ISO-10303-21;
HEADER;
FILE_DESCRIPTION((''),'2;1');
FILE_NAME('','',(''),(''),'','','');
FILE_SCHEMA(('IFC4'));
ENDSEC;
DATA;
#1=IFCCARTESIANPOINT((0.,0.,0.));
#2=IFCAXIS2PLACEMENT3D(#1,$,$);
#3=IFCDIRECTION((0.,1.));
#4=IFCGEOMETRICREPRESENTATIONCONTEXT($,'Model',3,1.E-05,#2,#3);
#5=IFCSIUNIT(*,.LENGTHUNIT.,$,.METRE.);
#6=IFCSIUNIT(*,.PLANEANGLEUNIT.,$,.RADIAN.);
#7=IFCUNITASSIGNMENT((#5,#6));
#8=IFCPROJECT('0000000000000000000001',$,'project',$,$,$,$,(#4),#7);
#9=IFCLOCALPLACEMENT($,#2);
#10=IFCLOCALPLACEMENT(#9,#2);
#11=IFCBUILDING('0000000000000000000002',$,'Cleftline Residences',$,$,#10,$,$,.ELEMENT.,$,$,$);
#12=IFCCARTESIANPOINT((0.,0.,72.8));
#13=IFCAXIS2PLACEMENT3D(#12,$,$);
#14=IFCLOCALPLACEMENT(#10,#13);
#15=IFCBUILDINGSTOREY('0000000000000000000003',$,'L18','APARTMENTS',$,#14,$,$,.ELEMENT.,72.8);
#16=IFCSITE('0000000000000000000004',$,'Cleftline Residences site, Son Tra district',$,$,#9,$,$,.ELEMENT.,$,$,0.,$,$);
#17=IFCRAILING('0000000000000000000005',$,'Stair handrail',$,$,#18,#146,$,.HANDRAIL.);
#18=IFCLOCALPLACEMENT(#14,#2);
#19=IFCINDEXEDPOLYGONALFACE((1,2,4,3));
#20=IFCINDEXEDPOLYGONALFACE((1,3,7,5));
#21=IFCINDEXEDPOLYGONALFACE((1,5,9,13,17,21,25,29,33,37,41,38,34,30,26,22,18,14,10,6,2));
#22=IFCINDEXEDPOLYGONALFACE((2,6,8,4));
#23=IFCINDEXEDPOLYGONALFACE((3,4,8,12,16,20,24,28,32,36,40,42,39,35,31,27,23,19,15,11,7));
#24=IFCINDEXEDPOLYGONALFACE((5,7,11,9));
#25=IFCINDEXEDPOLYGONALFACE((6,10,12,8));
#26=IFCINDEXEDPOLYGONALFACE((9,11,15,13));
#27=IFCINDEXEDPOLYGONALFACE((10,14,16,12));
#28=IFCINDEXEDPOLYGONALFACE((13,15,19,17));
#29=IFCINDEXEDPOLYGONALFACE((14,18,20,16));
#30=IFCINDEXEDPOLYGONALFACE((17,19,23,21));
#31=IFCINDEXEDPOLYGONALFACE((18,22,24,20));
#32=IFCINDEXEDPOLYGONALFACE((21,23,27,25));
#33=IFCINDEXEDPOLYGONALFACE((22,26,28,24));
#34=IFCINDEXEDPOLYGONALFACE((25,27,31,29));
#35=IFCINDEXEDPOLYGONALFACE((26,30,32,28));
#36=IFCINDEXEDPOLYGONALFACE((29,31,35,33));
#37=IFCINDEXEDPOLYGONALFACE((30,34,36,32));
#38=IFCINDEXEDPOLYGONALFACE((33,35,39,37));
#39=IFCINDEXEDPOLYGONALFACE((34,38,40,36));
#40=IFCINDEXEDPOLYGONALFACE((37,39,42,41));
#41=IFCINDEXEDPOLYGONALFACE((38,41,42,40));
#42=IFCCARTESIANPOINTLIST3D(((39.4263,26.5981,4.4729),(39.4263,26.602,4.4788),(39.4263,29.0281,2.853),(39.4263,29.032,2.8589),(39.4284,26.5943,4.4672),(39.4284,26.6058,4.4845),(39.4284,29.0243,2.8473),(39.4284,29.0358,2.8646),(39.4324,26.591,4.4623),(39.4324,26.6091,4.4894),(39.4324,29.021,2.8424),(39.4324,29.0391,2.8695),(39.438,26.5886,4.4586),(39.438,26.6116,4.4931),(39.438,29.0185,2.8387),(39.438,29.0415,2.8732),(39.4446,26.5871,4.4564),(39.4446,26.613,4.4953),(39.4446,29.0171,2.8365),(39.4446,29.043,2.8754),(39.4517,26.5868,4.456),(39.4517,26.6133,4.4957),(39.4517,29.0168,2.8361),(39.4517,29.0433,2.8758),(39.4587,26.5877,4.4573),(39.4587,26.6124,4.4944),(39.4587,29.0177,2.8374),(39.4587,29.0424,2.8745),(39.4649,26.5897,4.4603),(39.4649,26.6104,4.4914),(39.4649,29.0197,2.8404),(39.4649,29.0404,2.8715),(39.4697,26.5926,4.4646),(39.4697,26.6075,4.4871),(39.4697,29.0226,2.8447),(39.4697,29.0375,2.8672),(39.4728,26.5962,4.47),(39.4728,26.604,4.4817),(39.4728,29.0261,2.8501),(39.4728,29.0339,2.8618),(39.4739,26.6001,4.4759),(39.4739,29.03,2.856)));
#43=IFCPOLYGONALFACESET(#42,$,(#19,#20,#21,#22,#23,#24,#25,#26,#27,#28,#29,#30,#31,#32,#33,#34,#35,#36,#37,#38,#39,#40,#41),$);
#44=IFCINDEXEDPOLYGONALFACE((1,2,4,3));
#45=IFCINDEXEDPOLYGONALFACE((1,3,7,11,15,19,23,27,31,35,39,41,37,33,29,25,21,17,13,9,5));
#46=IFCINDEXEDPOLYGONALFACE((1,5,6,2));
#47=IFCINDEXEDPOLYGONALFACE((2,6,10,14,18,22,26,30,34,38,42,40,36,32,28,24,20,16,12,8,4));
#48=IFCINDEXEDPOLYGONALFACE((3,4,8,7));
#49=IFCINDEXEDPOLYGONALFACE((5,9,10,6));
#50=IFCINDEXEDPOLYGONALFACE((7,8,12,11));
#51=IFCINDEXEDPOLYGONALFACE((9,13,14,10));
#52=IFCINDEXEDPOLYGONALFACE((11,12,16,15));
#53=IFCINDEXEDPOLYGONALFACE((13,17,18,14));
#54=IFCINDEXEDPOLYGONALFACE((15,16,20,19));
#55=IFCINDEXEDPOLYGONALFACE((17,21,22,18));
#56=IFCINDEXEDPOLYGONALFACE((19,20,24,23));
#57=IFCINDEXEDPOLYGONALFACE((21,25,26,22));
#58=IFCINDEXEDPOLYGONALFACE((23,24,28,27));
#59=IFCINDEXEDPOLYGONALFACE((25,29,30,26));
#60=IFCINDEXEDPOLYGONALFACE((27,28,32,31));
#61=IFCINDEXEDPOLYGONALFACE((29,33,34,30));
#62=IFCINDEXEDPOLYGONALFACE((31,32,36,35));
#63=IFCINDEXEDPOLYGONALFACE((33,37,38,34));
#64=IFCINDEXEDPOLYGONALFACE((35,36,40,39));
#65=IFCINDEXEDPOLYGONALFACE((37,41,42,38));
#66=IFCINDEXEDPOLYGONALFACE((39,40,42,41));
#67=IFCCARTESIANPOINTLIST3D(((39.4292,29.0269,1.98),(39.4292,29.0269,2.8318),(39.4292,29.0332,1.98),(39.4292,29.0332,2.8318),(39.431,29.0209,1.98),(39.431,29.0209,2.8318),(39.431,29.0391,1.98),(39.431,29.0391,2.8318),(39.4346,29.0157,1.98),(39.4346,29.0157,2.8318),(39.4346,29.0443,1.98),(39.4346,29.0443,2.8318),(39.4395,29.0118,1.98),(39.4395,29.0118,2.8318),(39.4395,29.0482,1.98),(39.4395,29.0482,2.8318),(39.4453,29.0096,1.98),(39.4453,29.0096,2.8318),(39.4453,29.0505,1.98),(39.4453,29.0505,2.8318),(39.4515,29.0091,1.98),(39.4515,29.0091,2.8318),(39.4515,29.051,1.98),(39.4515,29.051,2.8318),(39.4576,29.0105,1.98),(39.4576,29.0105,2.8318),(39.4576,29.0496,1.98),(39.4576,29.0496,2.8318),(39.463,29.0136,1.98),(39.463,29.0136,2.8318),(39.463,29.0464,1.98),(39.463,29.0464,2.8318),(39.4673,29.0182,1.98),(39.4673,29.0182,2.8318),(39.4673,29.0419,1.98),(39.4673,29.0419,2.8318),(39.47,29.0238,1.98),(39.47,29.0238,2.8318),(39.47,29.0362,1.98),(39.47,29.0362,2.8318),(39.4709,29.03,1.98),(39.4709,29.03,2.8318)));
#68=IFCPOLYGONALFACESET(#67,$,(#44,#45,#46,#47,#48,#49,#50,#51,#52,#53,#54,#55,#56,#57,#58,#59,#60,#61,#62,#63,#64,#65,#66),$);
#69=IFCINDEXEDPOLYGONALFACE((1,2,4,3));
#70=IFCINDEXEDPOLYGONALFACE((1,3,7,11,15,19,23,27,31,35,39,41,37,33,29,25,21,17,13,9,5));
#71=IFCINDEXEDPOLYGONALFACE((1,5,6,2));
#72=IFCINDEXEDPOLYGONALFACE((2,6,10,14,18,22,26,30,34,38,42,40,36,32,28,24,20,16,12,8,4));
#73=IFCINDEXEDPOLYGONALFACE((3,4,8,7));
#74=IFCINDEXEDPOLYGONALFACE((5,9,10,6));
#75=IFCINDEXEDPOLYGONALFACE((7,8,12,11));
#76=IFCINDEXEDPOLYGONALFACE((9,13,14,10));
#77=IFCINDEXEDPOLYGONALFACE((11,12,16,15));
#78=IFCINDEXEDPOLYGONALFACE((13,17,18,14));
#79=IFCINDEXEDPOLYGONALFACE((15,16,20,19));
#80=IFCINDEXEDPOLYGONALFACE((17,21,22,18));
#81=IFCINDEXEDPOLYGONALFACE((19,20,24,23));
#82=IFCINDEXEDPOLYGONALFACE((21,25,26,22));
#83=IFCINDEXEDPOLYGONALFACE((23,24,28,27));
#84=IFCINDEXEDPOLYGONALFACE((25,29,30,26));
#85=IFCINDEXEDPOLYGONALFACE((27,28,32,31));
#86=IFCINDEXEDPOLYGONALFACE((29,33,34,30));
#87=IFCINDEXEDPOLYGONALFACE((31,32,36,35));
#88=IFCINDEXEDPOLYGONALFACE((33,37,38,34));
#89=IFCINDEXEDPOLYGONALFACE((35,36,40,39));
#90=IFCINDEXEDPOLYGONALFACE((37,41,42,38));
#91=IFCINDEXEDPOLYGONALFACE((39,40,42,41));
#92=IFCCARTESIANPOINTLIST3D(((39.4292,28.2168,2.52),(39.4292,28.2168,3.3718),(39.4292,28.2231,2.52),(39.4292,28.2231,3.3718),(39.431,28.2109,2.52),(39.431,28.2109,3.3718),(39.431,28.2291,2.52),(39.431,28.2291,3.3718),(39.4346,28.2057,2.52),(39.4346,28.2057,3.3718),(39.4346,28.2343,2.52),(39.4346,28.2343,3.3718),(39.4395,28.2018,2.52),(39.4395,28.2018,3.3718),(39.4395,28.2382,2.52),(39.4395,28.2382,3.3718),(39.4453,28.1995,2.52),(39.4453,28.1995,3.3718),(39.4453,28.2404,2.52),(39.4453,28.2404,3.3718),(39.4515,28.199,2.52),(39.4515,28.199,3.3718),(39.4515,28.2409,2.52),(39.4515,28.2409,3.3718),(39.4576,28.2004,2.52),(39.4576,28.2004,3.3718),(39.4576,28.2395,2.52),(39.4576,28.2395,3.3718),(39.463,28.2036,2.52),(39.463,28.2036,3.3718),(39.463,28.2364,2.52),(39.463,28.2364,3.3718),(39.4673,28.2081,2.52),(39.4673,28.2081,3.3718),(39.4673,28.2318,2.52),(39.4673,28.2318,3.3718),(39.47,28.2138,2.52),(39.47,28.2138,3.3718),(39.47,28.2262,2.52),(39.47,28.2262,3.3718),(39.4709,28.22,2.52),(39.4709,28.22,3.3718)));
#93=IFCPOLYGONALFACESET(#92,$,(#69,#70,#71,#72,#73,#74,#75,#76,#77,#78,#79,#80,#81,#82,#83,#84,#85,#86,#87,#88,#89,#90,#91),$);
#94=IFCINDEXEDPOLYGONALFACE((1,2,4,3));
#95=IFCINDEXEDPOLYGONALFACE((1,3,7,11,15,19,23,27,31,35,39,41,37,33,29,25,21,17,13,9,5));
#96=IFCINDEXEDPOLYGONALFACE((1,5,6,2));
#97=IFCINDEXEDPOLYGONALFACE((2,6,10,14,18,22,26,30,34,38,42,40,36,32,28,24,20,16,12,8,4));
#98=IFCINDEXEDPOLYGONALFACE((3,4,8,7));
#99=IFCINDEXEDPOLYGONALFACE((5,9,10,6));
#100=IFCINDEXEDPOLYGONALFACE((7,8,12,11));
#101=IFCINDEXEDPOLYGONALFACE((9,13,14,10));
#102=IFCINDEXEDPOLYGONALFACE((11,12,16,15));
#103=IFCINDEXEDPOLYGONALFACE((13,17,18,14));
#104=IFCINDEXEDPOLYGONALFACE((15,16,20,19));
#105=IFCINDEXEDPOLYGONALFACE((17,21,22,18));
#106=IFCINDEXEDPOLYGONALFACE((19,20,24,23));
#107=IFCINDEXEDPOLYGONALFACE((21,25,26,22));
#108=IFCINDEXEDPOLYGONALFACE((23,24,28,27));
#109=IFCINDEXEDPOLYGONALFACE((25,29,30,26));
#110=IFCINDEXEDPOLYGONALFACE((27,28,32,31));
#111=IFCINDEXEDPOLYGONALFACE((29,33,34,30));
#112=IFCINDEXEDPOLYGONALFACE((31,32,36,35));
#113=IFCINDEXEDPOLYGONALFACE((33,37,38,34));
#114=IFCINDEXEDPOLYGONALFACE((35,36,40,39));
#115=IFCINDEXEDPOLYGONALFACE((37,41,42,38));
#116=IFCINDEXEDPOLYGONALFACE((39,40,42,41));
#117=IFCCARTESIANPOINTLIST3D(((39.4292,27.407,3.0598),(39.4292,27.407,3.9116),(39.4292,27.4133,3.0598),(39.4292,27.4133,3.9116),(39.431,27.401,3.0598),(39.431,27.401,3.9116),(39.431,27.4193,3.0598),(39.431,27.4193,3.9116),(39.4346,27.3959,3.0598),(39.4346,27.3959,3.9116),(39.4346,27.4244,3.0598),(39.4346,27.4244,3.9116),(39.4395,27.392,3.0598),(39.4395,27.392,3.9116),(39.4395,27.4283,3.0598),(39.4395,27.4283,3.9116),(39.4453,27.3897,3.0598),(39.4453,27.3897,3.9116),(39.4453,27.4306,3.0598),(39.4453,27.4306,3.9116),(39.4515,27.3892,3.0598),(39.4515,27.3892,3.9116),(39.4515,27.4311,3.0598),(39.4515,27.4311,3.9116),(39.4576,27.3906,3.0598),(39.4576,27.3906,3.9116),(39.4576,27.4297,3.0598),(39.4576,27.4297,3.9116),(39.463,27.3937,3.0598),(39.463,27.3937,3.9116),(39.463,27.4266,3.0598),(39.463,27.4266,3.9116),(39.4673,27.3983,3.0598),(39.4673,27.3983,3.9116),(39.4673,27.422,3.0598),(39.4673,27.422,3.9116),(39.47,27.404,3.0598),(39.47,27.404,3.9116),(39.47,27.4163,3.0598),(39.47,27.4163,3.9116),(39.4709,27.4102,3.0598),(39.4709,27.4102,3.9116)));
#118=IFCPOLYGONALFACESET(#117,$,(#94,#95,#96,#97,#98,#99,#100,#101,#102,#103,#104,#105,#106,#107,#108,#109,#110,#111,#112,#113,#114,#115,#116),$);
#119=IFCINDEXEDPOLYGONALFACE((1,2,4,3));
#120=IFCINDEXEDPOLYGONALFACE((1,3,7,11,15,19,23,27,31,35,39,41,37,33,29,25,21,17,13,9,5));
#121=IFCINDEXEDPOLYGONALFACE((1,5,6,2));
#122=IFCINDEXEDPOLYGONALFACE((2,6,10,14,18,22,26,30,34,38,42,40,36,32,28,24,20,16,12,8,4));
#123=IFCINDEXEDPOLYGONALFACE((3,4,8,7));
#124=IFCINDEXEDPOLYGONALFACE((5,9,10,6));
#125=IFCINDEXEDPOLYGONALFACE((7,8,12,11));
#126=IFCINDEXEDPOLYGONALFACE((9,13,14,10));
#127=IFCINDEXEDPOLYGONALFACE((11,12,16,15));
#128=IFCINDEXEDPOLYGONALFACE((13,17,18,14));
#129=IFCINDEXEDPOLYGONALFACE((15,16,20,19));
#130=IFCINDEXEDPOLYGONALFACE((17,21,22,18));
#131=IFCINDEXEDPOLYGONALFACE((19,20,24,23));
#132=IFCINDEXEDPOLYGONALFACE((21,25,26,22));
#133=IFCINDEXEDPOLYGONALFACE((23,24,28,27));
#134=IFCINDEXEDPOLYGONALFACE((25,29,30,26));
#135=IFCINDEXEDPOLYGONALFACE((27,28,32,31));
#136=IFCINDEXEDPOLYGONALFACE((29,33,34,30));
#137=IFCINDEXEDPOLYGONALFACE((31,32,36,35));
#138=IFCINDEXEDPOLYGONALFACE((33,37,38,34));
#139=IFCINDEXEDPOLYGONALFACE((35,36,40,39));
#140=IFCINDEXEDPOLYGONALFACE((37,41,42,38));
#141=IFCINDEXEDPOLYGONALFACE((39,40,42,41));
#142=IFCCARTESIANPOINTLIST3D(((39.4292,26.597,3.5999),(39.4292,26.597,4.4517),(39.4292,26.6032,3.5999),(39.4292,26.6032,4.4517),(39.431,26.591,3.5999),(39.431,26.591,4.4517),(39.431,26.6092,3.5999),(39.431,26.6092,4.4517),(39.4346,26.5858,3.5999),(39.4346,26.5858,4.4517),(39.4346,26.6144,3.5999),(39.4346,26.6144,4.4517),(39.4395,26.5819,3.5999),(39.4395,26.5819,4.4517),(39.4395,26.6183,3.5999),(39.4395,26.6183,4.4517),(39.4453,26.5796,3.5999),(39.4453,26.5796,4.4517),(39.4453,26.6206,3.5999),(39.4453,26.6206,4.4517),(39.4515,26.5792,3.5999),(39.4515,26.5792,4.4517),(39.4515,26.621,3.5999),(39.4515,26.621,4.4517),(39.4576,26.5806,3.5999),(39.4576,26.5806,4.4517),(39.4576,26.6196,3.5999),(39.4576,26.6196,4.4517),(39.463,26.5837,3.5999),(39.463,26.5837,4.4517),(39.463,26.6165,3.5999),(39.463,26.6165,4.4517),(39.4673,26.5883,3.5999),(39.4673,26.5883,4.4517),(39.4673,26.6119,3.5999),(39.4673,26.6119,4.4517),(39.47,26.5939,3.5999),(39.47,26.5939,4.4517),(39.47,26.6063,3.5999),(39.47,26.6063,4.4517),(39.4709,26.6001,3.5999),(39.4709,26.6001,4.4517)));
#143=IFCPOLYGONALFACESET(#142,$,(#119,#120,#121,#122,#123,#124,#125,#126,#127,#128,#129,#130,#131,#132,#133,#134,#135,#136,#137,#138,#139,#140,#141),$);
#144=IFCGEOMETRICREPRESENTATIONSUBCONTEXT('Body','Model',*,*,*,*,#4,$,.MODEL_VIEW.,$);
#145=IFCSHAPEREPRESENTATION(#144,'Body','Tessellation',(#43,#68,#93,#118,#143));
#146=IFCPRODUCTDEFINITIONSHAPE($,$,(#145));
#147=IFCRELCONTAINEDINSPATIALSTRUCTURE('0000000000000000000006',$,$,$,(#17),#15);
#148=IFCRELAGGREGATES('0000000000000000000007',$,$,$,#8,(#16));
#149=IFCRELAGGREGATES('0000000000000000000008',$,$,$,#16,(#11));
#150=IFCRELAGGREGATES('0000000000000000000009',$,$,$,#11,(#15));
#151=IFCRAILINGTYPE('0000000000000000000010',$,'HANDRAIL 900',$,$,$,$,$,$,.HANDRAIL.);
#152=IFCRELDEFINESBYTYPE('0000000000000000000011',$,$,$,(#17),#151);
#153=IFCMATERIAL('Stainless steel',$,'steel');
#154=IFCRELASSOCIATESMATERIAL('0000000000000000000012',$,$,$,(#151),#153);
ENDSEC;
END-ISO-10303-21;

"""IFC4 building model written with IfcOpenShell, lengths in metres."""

from ifc_helpers import new_model, si_unit, direction, frame, origin, origin_2d, place, context, subcontext, project, spatial, circle, extrude, material, type_object, element, save


model = new_model("IFC4")

# Units and contexts
model_context = context("Model", 3, precision=1e-05, world=origin(), true_north=direction((0.0, 1.0)))
body_context = subcontext(model_context, "Body", "Model", "MODEL_VIEW")
ifc_project = project(units=[si_unit("LENGTHUNIT", "METRE"), si_unit("PLANEANGLEUNIT", "RADIAN")], contexts=[model_context])

# Site, building, storey
site_placement = place(None, origin())
site = spatial("IfcSite", under=ifc_project, at=site_placement, Name="Cleftline Residences site, Son Tra district", CompositionType="ELEMENT", RefElevation=0.0)
building_placement = place(site_placement, origin())
building = spatial("IfcBuilding", under=site, at=building_placement, Name="Cleftline Residences", CompositionType="ELEMENT")
storey_placement = place(building_placement, frame((0.0, 0.0, 72.8)))
storey = spatial("IfcBuildingStorey", under=building, at=storey_placement, Name="L18", Description="APARTMENTS", CompositionType="ELEMENT", Elevation=72.8)

# Railing
ifc_material_1 = material(Name="Stainless steel", Category="steel")
railing_type = type_object("IfcRailingType", Name="HANDRAIL 900", PredefinedType="HANDRAIL", material=ifc_material_1)
railing_1_placement = place(storey_placement, frame((39.45, 29.03, 1.98)))
element("IfcRailing", 1, at=railing_1_placement, inside=storey, type_object=railing_type, Name="Stair handrail", PredefinedType="HANDRAIL", context=body_context, shape_type="SweptSolid", body=[
    extrude(circle(Radius=0.0239, at=origin_2d()), frame((0.0, 0.0, 0.876), z_axis=(0.0, -0.832063, 0.554681), x_axis=(1.0, 0.0, 0.0)), (0.0, 0.0, 1.0), 2.9204),
    extrude(circle(Radius=0.021, at=origin_2d()), origin(), (0.0, 0.0, 1.0), 0.8518),
    extrude(circle(Radius=0.021, at=origin_2d()), frame((0.0, -0.8101, 0.54)), (0.0, 0.0, 1.0), 0.8518),
    extrude(circle(Radius=0.021, at=origin_2d()), frame((0.0, -1.6199, 1.0798)), (0.0, 0.0, 1.0), 0.8518),
    extrude(circle(Radius=0.021, at=origin_2d()), frame((0.0, -2.4299, 1.6199)), (0.0, 0.0, 1.0), 0.8518),
])

save(model, "model.ifc")
